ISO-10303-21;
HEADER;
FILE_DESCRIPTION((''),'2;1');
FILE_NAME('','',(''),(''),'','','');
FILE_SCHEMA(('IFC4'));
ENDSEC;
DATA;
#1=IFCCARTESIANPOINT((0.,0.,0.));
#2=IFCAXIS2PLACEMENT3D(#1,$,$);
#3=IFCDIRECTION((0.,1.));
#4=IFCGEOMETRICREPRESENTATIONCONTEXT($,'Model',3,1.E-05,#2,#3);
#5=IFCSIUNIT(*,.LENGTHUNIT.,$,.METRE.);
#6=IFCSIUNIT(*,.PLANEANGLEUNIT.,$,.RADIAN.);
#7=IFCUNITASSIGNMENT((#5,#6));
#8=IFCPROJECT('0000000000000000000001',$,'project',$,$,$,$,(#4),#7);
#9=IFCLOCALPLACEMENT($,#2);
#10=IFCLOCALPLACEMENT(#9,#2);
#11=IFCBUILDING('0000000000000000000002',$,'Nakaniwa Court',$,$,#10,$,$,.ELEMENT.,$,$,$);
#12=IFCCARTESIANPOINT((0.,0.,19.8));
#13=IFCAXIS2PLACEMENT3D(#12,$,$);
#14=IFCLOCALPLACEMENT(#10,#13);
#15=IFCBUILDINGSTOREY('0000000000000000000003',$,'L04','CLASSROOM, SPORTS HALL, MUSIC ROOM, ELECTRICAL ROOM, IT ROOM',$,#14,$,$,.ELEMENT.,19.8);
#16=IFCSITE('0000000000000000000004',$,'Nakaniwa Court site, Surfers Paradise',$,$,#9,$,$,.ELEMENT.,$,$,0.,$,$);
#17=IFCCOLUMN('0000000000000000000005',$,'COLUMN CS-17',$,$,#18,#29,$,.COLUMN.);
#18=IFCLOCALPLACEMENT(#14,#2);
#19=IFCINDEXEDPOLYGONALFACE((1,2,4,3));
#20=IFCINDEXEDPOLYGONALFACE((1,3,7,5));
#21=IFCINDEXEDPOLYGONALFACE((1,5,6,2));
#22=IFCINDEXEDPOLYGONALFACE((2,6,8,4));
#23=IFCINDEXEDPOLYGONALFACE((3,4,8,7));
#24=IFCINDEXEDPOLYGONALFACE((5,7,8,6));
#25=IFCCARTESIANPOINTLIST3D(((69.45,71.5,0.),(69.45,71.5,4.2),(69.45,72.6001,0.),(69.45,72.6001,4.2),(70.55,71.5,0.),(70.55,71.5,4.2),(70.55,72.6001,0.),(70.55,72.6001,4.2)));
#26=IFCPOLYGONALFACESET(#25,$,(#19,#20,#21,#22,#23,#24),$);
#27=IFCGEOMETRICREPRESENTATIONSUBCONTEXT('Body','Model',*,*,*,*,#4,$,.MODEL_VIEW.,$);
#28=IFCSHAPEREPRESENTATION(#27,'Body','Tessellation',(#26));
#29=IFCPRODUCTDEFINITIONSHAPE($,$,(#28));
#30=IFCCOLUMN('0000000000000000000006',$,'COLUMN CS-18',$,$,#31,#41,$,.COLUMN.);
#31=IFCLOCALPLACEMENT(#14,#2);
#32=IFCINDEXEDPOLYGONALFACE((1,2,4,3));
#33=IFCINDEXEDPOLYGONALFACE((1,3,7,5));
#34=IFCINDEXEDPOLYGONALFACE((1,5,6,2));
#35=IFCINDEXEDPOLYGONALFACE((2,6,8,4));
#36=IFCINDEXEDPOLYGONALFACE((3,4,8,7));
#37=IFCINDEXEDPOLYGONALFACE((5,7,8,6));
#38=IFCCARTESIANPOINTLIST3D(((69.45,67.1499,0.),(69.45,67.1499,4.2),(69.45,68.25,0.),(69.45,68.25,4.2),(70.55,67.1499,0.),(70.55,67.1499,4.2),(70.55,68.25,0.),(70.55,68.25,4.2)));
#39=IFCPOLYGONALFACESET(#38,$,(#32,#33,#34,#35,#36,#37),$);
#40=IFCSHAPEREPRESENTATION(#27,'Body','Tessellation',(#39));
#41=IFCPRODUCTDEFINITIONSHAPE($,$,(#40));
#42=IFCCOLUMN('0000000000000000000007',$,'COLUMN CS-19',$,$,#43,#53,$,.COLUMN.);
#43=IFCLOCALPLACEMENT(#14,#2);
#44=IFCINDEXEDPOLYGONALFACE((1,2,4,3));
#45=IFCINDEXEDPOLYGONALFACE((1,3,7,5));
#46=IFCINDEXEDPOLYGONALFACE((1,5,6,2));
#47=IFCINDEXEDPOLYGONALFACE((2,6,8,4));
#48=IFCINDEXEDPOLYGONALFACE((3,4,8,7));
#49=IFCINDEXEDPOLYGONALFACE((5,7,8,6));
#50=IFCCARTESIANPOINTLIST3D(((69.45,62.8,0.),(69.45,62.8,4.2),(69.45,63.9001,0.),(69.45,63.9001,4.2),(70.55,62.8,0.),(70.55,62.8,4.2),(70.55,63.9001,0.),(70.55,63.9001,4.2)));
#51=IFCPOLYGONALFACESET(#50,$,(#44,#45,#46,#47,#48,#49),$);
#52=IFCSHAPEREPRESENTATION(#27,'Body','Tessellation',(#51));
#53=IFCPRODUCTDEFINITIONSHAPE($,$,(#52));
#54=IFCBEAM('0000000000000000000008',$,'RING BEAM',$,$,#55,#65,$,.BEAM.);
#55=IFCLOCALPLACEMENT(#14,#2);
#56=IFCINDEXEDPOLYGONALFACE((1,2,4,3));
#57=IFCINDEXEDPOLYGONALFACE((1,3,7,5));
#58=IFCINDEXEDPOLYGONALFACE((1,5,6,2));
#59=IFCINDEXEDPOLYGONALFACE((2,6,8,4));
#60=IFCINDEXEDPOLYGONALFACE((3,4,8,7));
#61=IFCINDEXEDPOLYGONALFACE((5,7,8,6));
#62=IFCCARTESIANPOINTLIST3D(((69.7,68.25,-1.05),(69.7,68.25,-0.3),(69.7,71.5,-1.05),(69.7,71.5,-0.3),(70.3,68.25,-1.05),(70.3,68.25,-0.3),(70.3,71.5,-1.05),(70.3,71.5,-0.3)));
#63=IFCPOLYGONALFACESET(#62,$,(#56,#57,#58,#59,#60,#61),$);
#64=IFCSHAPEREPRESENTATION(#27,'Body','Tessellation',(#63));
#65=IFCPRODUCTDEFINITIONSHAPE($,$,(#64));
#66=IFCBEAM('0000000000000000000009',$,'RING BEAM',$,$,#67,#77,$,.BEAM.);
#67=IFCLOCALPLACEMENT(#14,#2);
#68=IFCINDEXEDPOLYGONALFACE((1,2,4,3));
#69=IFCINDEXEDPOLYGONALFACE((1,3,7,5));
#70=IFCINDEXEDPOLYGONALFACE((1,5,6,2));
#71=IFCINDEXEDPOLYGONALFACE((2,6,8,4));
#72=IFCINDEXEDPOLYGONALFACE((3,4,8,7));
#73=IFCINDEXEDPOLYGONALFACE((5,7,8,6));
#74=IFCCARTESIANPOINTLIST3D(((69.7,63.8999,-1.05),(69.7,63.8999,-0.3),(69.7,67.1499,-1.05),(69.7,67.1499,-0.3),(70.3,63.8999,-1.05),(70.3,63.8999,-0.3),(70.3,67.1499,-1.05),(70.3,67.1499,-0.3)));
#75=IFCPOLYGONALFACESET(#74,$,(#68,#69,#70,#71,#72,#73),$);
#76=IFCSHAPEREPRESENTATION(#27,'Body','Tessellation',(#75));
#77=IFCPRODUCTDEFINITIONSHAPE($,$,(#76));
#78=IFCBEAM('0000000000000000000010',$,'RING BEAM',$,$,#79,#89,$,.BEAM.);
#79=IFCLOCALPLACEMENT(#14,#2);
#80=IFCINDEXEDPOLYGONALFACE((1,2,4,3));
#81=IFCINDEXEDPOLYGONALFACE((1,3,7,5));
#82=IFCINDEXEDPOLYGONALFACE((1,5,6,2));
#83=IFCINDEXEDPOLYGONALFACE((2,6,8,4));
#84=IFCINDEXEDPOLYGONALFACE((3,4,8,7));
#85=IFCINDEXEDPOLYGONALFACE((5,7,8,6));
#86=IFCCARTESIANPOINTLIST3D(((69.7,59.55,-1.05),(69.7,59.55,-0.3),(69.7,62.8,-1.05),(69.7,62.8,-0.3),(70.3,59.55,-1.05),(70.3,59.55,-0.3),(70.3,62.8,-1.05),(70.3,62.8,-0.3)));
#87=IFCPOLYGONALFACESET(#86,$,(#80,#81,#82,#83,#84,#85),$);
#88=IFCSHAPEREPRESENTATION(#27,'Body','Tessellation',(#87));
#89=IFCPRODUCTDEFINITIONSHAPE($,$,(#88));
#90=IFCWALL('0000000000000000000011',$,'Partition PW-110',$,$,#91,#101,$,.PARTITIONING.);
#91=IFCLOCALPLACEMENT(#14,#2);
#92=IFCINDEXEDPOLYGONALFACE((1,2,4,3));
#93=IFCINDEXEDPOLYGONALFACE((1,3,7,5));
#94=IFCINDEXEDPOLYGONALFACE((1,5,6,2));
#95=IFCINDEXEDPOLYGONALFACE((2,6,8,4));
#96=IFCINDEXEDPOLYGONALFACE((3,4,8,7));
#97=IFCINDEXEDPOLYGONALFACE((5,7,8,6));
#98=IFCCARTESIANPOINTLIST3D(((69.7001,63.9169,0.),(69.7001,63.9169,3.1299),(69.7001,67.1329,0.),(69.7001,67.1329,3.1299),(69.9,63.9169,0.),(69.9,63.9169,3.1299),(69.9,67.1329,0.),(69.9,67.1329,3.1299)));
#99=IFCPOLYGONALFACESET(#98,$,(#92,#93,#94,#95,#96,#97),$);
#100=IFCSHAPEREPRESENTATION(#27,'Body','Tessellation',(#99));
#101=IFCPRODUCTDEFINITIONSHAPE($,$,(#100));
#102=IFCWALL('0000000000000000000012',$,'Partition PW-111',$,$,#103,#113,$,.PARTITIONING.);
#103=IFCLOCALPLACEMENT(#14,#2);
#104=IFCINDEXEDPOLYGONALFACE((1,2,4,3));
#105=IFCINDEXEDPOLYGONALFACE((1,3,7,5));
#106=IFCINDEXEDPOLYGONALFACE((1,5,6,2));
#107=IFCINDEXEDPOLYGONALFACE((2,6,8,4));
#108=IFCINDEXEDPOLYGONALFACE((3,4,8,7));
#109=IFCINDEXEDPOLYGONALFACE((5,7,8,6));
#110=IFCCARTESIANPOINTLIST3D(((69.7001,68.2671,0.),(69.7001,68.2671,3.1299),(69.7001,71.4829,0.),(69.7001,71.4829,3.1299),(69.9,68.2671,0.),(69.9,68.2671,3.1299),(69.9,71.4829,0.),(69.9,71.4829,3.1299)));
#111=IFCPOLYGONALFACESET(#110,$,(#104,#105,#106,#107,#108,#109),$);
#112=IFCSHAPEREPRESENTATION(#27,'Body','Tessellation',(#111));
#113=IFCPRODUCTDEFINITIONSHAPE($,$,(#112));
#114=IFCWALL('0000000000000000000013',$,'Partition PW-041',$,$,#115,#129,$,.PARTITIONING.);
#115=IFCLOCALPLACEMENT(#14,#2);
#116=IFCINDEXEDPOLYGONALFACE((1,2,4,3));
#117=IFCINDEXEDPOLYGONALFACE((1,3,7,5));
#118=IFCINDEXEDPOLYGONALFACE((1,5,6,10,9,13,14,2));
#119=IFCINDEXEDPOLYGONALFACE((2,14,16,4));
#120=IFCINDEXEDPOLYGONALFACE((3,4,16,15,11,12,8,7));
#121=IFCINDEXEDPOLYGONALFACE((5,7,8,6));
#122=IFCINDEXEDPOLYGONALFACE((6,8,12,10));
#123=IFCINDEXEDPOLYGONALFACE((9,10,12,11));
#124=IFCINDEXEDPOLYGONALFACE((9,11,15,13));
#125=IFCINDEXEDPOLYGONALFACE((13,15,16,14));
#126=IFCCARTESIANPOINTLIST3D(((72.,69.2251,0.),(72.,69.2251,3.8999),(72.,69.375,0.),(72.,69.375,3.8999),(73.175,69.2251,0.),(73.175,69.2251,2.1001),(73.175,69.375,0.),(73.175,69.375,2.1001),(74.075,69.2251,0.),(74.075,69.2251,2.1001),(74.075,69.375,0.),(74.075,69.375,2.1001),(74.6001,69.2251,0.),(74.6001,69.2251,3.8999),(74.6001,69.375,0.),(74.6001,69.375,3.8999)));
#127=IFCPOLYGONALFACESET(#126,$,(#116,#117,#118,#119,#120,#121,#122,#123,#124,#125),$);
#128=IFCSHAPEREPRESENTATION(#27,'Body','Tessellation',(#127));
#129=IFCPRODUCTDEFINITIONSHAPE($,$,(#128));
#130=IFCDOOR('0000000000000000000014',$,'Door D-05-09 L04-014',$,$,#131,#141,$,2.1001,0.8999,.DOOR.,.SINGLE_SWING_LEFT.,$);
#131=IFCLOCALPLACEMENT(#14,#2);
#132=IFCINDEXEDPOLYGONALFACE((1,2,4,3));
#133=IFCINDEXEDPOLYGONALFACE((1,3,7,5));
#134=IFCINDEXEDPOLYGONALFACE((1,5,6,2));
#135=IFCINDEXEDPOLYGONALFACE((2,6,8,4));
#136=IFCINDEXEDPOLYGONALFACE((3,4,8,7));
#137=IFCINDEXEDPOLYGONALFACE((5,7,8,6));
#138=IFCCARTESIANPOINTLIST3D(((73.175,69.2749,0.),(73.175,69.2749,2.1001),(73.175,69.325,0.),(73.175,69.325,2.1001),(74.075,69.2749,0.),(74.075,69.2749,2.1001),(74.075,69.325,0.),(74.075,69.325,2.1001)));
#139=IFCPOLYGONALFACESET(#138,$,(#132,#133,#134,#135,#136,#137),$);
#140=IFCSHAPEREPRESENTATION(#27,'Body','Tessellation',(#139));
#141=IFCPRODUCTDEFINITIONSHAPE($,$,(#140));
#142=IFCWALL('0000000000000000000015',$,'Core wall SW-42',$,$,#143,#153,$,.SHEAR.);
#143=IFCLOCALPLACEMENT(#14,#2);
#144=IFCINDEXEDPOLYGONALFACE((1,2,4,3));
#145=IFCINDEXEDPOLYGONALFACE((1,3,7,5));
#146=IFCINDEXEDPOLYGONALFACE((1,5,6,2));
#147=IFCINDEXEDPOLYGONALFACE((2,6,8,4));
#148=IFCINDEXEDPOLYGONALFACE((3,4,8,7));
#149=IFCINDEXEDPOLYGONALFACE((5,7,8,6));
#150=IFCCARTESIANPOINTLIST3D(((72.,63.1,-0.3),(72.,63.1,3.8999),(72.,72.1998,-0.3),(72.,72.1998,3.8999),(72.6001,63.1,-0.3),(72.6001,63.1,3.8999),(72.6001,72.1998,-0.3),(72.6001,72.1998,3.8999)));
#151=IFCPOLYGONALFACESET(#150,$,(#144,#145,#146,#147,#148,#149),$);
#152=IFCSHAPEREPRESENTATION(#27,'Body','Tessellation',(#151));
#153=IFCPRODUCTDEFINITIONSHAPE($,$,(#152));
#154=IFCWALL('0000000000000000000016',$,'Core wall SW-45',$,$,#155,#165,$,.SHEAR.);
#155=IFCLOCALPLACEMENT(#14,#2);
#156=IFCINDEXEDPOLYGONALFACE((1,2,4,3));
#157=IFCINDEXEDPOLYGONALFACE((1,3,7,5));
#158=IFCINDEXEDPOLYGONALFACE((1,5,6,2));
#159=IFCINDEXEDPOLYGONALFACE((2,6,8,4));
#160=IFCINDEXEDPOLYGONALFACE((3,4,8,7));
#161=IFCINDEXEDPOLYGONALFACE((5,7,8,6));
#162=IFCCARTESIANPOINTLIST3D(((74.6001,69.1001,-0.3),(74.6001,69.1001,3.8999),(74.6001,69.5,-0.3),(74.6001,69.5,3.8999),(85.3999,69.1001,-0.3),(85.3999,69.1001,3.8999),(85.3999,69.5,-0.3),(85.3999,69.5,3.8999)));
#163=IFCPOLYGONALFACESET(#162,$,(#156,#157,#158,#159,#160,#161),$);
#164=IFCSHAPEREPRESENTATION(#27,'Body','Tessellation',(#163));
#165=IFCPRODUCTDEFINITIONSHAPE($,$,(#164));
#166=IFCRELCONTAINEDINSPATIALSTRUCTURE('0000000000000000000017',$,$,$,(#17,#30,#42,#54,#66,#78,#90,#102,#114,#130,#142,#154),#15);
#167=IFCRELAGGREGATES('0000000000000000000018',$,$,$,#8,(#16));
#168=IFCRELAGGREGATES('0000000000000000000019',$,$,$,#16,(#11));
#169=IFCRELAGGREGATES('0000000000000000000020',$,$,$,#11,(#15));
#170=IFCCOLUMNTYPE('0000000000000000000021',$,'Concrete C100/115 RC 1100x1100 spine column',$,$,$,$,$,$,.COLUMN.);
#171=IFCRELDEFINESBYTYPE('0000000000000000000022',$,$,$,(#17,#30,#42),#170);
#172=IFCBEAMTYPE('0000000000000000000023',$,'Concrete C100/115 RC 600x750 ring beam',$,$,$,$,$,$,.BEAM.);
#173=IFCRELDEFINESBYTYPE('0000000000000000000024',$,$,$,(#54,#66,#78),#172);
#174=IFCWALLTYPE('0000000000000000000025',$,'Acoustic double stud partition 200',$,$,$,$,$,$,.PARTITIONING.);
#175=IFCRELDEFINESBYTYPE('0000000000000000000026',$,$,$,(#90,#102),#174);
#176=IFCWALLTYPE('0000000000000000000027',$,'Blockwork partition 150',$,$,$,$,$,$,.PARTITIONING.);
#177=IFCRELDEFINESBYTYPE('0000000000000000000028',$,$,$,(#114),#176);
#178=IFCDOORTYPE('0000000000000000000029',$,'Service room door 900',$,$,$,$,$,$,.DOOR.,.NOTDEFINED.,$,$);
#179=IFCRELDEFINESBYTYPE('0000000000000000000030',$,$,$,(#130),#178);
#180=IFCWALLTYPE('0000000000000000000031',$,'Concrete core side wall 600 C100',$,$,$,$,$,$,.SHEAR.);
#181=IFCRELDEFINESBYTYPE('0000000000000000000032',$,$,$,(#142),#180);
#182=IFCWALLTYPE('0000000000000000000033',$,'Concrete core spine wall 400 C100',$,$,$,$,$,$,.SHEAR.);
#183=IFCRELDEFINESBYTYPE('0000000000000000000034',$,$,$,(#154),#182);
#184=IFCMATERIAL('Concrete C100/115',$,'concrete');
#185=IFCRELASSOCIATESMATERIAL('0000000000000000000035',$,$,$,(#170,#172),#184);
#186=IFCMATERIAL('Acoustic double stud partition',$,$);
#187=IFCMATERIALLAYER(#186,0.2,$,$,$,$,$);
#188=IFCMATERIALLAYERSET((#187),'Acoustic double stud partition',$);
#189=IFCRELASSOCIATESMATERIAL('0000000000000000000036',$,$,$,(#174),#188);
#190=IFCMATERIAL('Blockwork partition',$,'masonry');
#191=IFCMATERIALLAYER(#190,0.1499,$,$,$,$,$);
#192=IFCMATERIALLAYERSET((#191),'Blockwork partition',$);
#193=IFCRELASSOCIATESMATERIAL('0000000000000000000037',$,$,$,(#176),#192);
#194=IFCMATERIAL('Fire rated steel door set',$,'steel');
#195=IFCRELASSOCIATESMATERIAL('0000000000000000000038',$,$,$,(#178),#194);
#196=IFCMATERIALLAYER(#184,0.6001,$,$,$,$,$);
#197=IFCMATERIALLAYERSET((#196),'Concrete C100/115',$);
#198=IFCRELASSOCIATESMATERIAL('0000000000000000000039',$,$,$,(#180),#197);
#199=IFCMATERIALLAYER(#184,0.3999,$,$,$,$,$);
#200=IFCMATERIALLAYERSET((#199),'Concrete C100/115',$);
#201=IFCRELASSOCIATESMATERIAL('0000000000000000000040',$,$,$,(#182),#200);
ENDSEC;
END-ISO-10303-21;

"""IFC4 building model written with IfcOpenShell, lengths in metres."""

from ifc_helpers import new_model, si_unit, direction, frame, frame_2d, origin, origin_2d, place, context, subcontext, project, spatial, rectangle, extrude, material, layer, layer_set, material_profile, profile_set, type_object, element, fill, save


model = new_model("IFC4")

# Units and contexts
model_context = context("Model", 3, precision=1e-05, world=origin(), true_north=direction((0.0, 1.0)))
body_context = subcontext(model_context, "Body", "Model", "MODEL_VIEW")
ifc_project = project(units=[si_unit("LENGTHUNIT", "METRE"), si_unit("PLANEANGLEUNIT", "RADIAN")], contexts=[model_context])

# Site, building, storey
site_placement = place(None, origin())
site = spatial("IfcSite", under=ifc_project, at=site_placement, Name="Nakaniwa Court site, Surfers Paradise", CompositionType="ELEMENT", RefElevation=0.0)
building_placement = place(site_placement, origin())
building = spatial("IfcBuilding", under=site, at=building_placement, Name="Nakaniwa Court", CompositionType="ELEMENT")
storey_placement = place(building_placement, frame((0.0, 0.0, 19.8)))
storey = spatial("IfcBuildingStorey", under=building, at=storey_placement, Name="L04", Description="CLASSROOM, SPORTS HALL, MUSIC ROOM, ELECTRICAL ROOM, IT ROOM", CompositionType="ELEMENT", Elevation=19.8)

# Columns
ifc_material_1 = material(Name="Concrete C100/115", Category="concrete")
ifc_material_profile_1 = material_profile(ifc_material_1, rectangle(XDim=1.1001, YDim=1.1001, at=origin_2d()), Name="Concrete C100/115 RC 1100x1100 spine column")
ifc_profile_set_1 = profile_set([ifc_material_profile_1], Name="Concrete C100/115")
column_type = type_object("IfcColumnType", Name="Concrete C100/115 RC 1100x1100 spine column", PredefinedType="COLUMN", material=ifc_profile_set_1)
for number, where, z_axis, x_axis, name in (
    (1, (70.0, 72.05, 0.0), (0.0, 0.0, 1.0), (0.0, -1.0, 0.0), "COLUMN CS-17"),
    (2, (70.0, 67.7, 0.0), (0.0, 0.0, 1.0), (0.0, -1.0, 0.0), "COLUMN CS-18"),
    (3, (70.0, 63.3501, 0.0), (0.0, 0.0, 1.0), (0.0, -1.0, 0.0), "COLUMN CS-19"),
):
    element("IfcColumn", number, at=place(storey_placement, frame(where, z_axis=z_axis, x_axis=x_axis)), inside=storey, type_object=column_type, Name=name, PredefinedType="COLUMN", context=body_context, shape_type="SweptSolid", body=[
        extrude(rectangle(XDim=1.1001, YDim=1.1001, at=origin_2d()), origin(), (0.0, 0.0, 1.0), 4.2),
    ])

# Beams
ifc_material_profile_2 = material_profile(ifc_material_1, rectangle(XDim=0.6001, YDim=0.75, at=origin_2d()), Name="Concrete C100/115 RC 600x750 ring beam")
ifc_profile_set_2 = profile_set([ifc_material_profile_2], Name="Concrete C100/115")
beam_type = type_object("IfcBeamType", Name="Concrete C100/115 RC 600x750 ring beam", PredefinedType="BEAM", material=ifc_profile_set_2)
for number, where, z_axis, x_axis, name in (
    (4, (70.0, 71.5, -0.675), (0.0, -1.0, 0.0), (1.0, 0.0, 0.0), "RING BEAM"),
    (5, (70.0, 67.1499, -0.675), (0.0, -1.0, 0.0), (1.0, 0.0, 0.0), "RING BEAM"),
    (6, (70.0, 62.8, -0.675), (0.0, -1.0, 0.0), (1.0, 0.0, 0.0), "RING BEAM"),
):
    element("IfcBeam", number, at=place(storey_placement, frame(where, z_axis=z_axis, x_axis=x_axis)), inside=storey, type_object=beam_type, Name=name, PredefinedType="BEAM", context=body_context, shape_type="SweptSolid", body=[
        extrude(rectangle(XDim=0.6001, YDim=0.75, at=origin_2d()), origin(), (0.0, 0.0, 1.0), 3.25),
    ])

# Walls
ifc_material_2 = material(Name="Acoustic double stud partition")
ifc_layer_1 = layer(ifc_material_2, 0.2)
ifc_layer_set_1 = layer_set([ifc_layer_1], Name="Acoustic double stud partition")
wall_type_1 = type_object("IfcWallType", Name="Acoustic double stud partition 200", PredefinedType="PARTITIONING", material=ifc_layer_set_1)
wall_1_placement = place(storey_placement, frame((69.8, 63.917, 0.0), z_axis=(0.0, 0.0, 1.0), x_axis=(0.0, 1.0, 0.0)))
element("IfcWall", 7, at=wall_1_placement, inside=storey, type_object=wall_type_1, Name="Partition PW-110", PredefinedType="PARTITIONING", context=body_context, shape_type="SweptSolid", body=[
    extrude(rectangle(XDim=3.2161, YDim=0.2, at=frame_2d((1.6079, 0.0))), origin(), (0.0, 0.0, 1.0), 3.1299),
])
wall_2_placement = place(storey_placement, frame((69.8, 68.2671, 0.0), z_axis=(0.0, 0.0, 1.0), x_axis=(0.0, 1.0, 0.0)))
element("IfcWall", 8, at=wall_2_placement, inside=storey, type_object=wall_type_1, Name="Partition PW-111", PredefinedType="PARTITIONING", context=body_context, shape_type="SweptSolid", body=[
    extrude(rectangle(XDim=3.2158, YDim=0.2, at=frame_2d((1.6079, 0.0))), origin(), (0.0, 0.0, 1.0), 3.1299),
])

# Wall, opening, door
ifc_material_3 = material(Name="Blockwork partition", Category="masonry")
ifc_layer_2 = layer(ifc_material_3, 0.1499)
ifc_layer_set_2 = layer_set([ifc_layer_2], Name="Blockwork partition")
wall_type_2 = type_object("IfcWallType", Name="Blockwork partition 150", PredefinedType="PARTITIONING", material=ifc_layer_set_2)
wall_3_placement = place(storey_placement, frame((72.0, 69.3, 0.0), z_axis=(0.0, 0.0, 1.0), x_axis=(1.0, 0.0, 0.0)))
wall_3 = element("IfcWall", 9, at=wall_3_placement, inside=storey, type_object=wall_type_2, Name="Partition PW-041", PredefinedType="PARTITIONING", context=body_context, shape_type="SweptSolid", body=[
    extrude(rectangle(XDim=2.6001, YDim=0.1499, at=frame_2d((1.3, 0.0))), origin(), (0.0, 0.0, 1.0), 3.8999),
])
opening_1_placement = place(wall_3_placement, frame((1.175, 0.0, 0.0)))
opening_1 = element("IfcOpeningElement", 10, at=opening_1_placement, cuts=wall_3, PredefinedType="OPENING", context=body_context, shape_type="SweptSolid", body=[
    extrude(rectangle(XDim=0.8999, YDim=2.1001, at=frame_2d((0.45, 1.05))), frame((0.0, 0.085, 0.0), z_axis=(0.0, -1.0, 0.0), x_axis=(1.0, 0.0, 0.0)), (0.0, 0.0, 1.0), 0.1699),
])
ifc_material_4 = material(Name="Fire rated steel door set", Category="steel")
door_type_1 = type_object("IfcDoorType", Name="Service room door 900", OperationType="NOTDEFINED", PredefinedType="DOOR", material=ifc_material_4)
door_1_placement = place(opening_1_placement, origin())
door_1 = element("IfcDoor", 11, at=door_1_placement, inside=storey, type_object=door_type_1, Name="Door D-05-09 L04-014", OperationType="SINGLE_SWING_LEFT", OverallHeight=2.1001, OverallWidth=0.8999, PredefinedType="DOOR", context=body_context, shape_type="SweptSolid", body=[
    extrude(rectangle(XDim=0.8999, YDim=2.1001, at=frame_2d((0.45, 1.05))), frame((0.0, 0.0249, 0.0), z_axis=(0.0, -1.0, 0.0), x_axis=(1.0, 0.0, 0.0)), (0.0, 0.0, 1.0), 0.05),
])
fill(opening_1, door_1)

# Walls
ifc_layer_3 = layer(ifc_material_1, 0.6001)
ifc_layer_set_3 = layer_set([ifc_layer_3], Name="Concrete C100/115")
wall_type_3 = type_object("IfcWallType", Name="Concrete core side wall 600 C100", PredefinedType="SHEAR", material=ifc_layer_set_3)
wall_4_placement = place(storey_placement, frame((72.3, 63.1001, -0.3), z_axis=(0.0, 0.0, 1.0), x_axis=(0.0, 1.0, 0.0)))
element("IfcWall", 12, at=wall_4_placement, inside=storey, type_object=wall_type_3, Name="Core wall SW-42", PredefinedType="SHEAR", context=body_context, shape_type="SweptSolid", body=[
    extrude(rectangle(XDim=9.0999, YDim=0.6001, at=frame_2d((4.5498, 0.0))), origin(), (0.0, 0.0, 1.0), 4.2),
])
ifc_layer_4 = layer(ifc_material_1, 0.3999)
ifc_layer_set_4 = layer_set([ifc_layer_4], Name="Concrete C100/115")
wall_type_4 = type_object("IfcWallType", Name="Concrete core spine wall 400 C100", PredefinedType="SHEAR", material=ifc_layer_set_4)
wall_5_placement = place(storey_placement, frame((74.6001, 69.3, -0.3), z_axis=(0.0, 0.0, 1.0), x_axis=(1.0, 0.0, 0.0)))
element("IfcWall", 13, at=wall_5_placement, inside=storey, type_object=wall_type_4, Name="Core wall SW-45", PredefinedType="SHEAR", context=body_context, shape_type="SweptSolid", body=[
    extrude(rectangle(XDim=10.7998, YDim=0.3999, at=frame_2d((5.3999, 0.0))), origin(), (0.0, 0.0, 1.0), 4.2),
])

save(model, "model.ifc")
